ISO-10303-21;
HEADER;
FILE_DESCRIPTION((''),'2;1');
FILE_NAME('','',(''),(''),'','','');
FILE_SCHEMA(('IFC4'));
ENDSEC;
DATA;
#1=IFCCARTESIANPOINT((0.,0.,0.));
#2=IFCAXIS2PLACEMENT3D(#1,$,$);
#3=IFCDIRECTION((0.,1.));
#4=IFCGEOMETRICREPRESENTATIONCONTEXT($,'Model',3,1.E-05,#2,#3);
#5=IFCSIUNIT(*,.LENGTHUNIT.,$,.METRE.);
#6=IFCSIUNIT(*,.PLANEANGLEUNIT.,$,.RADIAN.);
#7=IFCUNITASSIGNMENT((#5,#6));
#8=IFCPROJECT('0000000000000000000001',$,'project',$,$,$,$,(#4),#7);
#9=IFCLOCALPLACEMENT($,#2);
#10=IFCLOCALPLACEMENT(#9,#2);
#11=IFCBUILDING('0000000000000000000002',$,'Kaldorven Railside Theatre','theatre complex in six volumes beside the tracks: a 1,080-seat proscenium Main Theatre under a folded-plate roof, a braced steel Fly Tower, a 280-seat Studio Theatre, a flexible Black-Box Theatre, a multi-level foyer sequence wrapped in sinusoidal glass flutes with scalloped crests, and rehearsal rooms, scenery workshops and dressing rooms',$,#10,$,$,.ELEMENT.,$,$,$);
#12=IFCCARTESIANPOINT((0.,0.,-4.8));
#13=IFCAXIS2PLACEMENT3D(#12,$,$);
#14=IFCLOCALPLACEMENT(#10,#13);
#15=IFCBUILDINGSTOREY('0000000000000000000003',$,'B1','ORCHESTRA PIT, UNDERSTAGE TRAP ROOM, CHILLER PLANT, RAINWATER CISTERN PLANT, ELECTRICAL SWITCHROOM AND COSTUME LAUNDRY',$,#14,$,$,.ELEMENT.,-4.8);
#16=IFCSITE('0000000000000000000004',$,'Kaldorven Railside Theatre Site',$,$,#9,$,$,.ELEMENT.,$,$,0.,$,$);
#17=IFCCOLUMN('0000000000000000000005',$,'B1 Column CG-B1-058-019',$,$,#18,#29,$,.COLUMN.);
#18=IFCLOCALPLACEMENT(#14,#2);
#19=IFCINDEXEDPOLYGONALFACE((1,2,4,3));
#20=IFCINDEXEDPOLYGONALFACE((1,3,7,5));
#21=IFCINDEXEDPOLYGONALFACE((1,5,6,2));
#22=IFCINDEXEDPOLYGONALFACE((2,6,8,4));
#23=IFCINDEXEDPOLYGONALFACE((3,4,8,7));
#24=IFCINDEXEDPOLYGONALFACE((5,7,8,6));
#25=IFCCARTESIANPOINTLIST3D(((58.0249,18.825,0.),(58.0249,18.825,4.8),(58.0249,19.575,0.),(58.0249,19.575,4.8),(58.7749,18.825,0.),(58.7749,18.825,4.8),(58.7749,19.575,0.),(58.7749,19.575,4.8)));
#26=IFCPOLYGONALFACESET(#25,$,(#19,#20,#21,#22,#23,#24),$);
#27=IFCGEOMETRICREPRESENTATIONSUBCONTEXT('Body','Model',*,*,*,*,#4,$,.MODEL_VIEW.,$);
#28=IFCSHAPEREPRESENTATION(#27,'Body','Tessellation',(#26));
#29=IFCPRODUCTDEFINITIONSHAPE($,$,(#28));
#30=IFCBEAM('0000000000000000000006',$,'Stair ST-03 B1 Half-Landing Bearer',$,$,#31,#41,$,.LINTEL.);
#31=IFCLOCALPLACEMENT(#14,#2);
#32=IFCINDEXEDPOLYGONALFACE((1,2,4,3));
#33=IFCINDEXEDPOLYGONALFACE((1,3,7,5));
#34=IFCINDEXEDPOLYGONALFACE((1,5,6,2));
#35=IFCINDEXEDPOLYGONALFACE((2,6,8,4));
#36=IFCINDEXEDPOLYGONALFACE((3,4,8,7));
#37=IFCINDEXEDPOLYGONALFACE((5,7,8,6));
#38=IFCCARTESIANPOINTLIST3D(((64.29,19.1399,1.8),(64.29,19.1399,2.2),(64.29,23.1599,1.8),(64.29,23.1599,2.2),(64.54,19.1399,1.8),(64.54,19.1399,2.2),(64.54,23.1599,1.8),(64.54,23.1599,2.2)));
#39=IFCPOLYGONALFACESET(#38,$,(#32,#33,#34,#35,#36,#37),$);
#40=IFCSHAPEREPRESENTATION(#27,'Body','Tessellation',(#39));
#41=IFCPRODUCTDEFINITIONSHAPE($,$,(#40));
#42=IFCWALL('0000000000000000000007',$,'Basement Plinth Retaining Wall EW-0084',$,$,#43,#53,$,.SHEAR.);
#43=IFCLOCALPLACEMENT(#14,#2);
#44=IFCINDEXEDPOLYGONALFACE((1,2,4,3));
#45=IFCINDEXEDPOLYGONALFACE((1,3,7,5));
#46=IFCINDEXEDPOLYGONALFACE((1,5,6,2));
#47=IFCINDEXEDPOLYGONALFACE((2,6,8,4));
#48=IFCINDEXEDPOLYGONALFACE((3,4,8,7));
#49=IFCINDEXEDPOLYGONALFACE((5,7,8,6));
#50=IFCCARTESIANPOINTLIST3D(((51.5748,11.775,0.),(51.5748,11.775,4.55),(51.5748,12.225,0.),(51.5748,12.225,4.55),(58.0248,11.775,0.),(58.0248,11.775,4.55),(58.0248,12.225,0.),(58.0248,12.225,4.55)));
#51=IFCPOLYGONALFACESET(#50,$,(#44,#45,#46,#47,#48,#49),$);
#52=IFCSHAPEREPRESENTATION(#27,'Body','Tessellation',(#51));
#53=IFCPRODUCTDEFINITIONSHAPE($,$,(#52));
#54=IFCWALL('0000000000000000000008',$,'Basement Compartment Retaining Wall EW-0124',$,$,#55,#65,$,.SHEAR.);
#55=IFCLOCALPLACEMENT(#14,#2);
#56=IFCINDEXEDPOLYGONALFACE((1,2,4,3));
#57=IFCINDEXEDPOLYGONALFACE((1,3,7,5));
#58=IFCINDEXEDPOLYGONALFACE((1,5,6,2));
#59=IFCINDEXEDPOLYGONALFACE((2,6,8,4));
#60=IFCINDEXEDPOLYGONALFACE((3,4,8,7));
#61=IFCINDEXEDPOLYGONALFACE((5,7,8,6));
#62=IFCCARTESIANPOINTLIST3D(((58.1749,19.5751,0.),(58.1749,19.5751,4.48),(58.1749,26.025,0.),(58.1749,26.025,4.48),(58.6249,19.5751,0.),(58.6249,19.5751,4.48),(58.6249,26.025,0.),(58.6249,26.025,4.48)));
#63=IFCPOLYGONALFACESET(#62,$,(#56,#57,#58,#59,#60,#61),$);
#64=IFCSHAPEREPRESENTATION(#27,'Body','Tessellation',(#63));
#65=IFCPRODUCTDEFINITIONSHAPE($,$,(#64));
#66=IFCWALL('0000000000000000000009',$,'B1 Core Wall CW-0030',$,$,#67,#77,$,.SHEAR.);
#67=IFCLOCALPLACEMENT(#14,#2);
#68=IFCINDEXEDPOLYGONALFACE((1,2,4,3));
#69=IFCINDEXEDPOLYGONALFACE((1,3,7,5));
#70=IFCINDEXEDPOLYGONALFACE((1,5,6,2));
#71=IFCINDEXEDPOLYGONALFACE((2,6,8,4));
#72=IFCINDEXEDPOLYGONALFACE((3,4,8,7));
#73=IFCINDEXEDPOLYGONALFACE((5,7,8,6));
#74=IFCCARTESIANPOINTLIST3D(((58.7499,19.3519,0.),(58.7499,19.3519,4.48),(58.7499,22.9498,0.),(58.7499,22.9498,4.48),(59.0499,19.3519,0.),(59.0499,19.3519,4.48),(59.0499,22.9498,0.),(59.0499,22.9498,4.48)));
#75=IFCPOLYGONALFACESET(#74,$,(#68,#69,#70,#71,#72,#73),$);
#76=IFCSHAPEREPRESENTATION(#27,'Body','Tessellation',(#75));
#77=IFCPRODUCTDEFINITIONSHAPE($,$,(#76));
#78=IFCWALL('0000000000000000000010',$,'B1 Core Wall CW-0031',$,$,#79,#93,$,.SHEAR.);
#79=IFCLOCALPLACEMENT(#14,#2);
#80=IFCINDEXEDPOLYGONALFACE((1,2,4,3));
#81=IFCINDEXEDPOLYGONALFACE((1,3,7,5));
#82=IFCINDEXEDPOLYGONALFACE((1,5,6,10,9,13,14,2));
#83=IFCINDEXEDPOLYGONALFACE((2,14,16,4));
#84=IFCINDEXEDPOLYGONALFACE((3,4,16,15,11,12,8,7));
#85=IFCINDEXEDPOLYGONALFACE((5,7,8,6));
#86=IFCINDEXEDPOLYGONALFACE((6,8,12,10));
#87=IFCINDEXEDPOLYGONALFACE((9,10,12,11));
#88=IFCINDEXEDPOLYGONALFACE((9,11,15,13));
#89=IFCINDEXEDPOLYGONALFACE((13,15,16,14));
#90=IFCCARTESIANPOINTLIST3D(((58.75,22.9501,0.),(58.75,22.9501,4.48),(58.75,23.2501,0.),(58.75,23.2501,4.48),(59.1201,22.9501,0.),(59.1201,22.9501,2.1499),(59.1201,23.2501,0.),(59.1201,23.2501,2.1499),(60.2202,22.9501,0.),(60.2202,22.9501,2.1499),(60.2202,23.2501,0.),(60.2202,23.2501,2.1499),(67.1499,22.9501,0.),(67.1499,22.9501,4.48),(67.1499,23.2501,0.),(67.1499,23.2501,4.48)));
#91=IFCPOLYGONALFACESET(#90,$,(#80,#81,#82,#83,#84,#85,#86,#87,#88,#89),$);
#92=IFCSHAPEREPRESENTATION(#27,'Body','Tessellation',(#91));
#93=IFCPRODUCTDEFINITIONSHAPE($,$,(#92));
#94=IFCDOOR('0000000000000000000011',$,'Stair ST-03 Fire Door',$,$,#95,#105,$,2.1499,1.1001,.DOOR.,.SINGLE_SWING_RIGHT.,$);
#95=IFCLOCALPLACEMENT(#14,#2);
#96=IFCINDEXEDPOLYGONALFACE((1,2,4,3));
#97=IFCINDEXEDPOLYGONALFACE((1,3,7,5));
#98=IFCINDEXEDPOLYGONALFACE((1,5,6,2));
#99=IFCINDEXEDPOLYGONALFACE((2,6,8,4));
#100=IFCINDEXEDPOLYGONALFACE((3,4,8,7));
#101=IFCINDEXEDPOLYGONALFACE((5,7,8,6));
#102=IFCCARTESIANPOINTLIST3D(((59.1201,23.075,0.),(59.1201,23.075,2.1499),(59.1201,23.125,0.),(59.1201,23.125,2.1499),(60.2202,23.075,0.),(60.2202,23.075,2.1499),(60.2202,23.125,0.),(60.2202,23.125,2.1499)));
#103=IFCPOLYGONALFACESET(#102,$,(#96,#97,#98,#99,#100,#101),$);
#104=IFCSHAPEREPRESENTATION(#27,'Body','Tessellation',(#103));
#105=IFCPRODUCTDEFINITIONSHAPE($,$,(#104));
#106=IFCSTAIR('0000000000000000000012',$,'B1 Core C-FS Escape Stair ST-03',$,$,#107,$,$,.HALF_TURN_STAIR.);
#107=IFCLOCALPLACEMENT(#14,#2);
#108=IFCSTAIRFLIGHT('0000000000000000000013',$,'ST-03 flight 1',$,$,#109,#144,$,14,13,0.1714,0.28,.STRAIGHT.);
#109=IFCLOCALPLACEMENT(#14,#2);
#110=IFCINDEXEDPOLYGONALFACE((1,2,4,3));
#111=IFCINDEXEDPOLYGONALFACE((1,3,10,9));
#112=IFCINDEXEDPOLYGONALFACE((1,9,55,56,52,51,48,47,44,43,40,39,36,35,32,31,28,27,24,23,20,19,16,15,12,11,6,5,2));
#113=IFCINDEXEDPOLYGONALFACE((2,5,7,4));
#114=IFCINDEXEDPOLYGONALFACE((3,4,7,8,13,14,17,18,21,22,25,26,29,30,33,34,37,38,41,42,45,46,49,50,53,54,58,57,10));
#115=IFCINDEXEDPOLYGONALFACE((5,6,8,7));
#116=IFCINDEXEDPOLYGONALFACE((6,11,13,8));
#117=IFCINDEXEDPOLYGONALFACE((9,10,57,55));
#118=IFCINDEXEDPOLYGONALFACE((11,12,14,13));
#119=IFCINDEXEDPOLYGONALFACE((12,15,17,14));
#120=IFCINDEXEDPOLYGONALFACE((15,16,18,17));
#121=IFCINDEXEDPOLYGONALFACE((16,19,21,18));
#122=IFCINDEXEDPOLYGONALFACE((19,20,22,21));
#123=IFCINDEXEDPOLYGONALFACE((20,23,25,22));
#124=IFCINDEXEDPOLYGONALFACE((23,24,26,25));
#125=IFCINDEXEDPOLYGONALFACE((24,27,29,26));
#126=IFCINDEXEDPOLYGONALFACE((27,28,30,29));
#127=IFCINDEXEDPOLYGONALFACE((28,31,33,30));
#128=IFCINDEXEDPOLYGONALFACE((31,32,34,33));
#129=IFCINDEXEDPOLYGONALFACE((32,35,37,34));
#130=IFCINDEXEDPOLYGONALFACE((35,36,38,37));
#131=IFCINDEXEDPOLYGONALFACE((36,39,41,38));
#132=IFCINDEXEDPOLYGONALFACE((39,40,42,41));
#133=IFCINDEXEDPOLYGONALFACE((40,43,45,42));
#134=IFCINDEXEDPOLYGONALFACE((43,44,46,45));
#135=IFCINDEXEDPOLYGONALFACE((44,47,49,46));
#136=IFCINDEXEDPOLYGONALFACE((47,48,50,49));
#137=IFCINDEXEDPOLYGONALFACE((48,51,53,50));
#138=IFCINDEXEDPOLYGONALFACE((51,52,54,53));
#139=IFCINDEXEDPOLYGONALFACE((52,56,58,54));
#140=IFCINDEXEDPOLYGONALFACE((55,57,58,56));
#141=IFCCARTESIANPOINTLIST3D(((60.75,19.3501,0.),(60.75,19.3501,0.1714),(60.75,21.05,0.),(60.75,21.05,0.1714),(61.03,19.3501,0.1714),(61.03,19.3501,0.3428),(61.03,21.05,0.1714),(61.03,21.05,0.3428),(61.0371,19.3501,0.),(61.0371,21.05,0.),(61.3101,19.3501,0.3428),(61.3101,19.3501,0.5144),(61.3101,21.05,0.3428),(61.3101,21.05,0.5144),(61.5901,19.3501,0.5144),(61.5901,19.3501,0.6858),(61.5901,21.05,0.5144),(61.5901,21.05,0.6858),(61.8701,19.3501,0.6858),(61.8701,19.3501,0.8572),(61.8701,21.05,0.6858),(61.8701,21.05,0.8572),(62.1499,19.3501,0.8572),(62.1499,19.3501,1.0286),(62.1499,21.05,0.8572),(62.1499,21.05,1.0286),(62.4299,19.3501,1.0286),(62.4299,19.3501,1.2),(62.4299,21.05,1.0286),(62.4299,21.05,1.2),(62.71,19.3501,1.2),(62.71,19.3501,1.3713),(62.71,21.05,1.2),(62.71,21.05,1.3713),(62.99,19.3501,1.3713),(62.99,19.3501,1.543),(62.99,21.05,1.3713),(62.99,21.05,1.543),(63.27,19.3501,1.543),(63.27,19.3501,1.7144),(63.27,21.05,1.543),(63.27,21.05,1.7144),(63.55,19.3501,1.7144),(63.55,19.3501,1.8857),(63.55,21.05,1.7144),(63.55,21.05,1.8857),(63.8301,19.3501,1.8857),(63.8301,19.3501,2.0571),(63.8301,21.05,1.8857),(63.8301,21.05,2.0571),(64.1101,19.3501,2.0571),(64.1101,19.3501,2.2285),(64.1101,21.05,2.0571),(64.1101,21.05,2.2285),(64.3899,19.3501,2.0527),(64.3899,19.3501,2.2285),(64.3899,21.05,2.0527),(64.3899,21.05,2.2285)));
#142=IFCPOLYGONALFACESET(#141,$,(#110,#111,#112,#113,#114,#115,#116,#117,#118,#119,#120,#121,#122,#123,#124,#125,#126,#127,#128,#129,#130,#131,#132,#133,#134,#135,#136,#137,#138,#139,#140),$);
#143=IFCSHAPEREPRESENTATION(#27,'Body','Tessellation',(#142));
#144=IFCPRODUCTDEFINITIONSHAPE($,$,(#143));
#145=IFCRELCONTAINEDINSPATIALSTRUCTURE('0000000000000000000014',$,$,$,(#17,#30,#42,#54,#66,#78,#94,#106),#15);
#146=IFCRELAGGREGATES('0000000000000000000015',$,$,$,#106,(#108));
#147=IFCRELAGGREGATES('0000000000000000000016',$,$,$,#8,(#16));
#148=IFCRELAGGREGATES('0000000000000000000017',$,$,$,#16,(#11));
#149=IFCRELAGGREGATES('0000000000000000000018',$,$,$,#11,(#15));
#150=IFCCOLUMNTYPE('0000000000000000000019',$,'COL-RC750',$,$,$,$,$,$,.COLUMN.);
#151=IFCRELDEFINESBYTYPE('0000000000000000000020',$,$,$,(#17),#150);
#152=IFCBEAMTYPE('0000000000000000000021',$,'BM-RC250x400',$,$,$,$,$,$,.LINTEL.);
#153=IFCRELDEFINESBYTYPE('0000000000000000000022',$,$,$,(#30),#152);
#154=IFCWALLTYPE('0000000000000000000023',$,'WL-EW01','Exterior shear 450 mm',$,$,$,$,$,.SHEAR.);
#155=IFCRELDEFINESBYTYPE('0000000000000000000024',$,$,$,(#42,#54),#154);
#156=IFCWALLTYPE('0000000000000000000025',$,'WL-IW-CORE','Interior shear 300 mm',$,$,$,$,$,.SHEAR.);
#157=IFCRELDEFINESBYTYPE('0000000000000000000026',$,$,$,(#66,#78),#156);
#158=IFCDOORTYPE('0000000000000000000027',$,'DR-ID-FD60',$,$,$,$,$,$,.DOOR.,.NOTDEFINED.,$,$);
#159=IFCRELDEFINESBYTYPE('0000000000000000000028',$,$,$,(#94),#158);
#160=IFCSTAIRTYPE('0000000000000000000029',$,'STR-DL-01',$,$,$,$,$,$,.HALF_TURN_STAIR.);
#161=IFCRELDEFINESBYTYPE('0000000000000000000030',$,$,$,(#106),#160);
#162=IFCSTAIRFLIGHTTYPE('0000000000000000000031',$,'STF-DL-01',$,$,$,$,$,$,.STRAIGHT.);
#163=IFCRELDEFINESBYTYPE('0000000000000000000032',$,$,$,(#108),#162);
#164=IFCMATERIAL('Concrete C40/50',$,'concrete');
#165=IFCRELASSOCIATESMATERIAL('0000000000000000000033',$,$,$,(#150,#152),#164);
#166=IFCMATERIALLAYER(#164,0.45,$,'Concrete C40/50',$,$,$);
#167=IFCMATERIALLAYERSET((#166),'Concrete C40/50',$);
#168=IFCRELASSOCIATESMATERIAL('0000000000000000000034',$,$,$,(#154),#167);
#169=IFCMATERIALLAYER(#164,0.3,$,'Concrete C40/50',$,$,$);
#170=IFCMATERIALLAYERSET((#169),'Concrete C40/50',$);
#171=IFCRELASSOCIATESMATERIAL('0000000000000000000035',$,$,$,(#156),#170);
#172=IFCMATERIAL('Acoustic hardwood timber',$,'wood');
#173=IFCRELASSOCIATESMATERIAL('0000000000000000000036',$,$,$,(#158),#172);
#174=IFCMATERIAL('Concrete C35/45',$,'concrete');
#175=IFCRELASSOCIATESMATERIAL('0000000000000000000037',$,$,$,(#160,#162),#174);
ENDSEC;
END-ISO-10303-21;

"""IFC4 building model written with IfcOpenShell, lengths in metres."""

from ifc_helpers import new_model, si_unit, direction, frame, frame_2d, origin, origin_2d, place, context, subcontext, project, spatial, polyline, rectangle, outline, extrude, material, layer, layer_set, material_profile, profile_set, type_object, element, fill, aggregate, save


model = new_model("IFC4")

# Units and contexts
model_context = context("Model", 3, precision=1e-05, world=origin(), true_north=direction((0.0, 1.0)))
body_context = subcontext(model_context, "Body", "Model", "MODEL_VIEW")
ifc_project = project(units=[si_unit("LENGTHUNIT", "METRE"), si_unit("PLANEANGLEUNIT", "RADIAN")], contexts=[model_context])

# Site, building, storey
site_placement = place(None, origin())
site = spatial("IfcSite", under=ifc_project, at=site_placement, Name="Kaldorven Railside Theatre Site", CompositionType="ELEMENT", RefElevation=0.0)
building_placement = place(site_placement, origin())
building = spatial("IfcBuilding", under=site, at=building_placement, Name="Kaldorven Railside Theatre", Description="theatre complex in six volumes beside the tracks: a 1,080-seat proscenium Main Theatre under a folded-plate roof, a braced steel Fly Tower, a 280-seat Studio Theatre, a flexible Black-Box Theatre, a multi-level foyer sequence wrapped in sinusoidal glass flutes with scalloped crests, and rehearsal rooms, scenery workshops and dressing rooms", CompositionType="ELEMENT")
storey_placement = place(building_placement, frame((0.0, 0.0, -4.8)))
storey = spatial("IfcBuildingStorey", under=building, at=storey_placement, Name="B1", Description="ORCHESTRA PIT, UNDERSTAGE TRAP ROOM, CHILLER PLANT, RAINWATER CISTERN PLANT, ELECTRICAL SWITCHROOM AND COSTUME LAUNDRY", CompositionType="ELEMENT", Elevation=-4.8)

# Shared definitions
ifc_material_1 = material(Name="Concrete C40/50", Category="concrete")

# Shared definitions
ifc_material_2 = material(Name="Concrete C35/45", Category="concrete")

# Column
ifc_material_profile_1 = material_profile(ifc_material_1, rectangle(XDim=0.75, YDim=0.75, at=origin_2d()), Name="RC 750x750")
ifc_profile_set_1 = profile_set([ifc_material_profile_1], Name="Concrete C40/50")
column_type_1 = type_object("IfcColumnType", Name="COL-RC750", PredefinedType="COLUMN", material=ifc_profile_set_1)
column_1_placement = place(storey_placement, frame((58.3999, 19.2, 0.0), z_axis=(0.0, 0.0, 1.0), x_axis=(0.0, 1.0, 0.0)))
element("IfcColumn", 1, at=column_1_placement, inside=storey, type_object=column_type_1, Name="B1 Column CG-B1-058-019", PredefinedType="COLUMN", context=body_context, shape_type="SweptSolid", body=[
    extrude(rectangle(XDim=0.75, YDim=0.75, at=origin_2d()), origin(), (0.0, 0.0, 1.0), 4.8),
])

# Beam
ifc_material_profile_2 = material_profile(ifc_material_1, rectangle(XDim=0.25, YDim=0.3999, at=origin_2d()), Name="RC 250x400")
ifc_profile_set_2 = profile_set([ifc_material_profile_2], Name="Concrete C40/50")
beam_type = type_object("IfcBeamType", Name="BM-RC250x400", PredefinedType="LINTEL", material=ifc_profile_set_2)
beam_placement = place(storey_placement, frame((64.415, 19.1399, 2.0), z_axis=(0.0, 1.0, 0.0), x_axis=(-1.0, 0.0, 0.0)))
element("IfcBeam", 2, at=beam_placement, inside=storey, type_object=beam_type, Name="Stair ST-03 B1 Half-Landing Bearer", PredefinedType="LINTEL", context=body_context, shape_type="SweptSolid", body=[
    extrude(rectangle(XDim=0.25, YDim=0.3999, at=origin_2d()), origin(), (0.0, 0.0, 1.0), 4.02),
])

# Walls
ifc_layer_1 = layer(ifc_material_1, 0.45, Name="Concrete C40/50")
ifc_layer_set_1 = layer_set([ifc_layer_1], Name="Concrete C40/50")
wall_type_1 = type_object("IfcWallType", Name="WL-EW01", Description="Exterior shear 450 mm", PredefinedType="SHEAR", material=ifc_layer_set_1)
wall_1_placement = place(storey_placement, frame((58.0249, 12.0, 0.0), z_axis=(0.0, 0.0, 1.0), x_axis=(-1.0, 0.0, 0.0)))
element("IfcWall", 3, at=wall_1_placement, inside=storey, type_object=wall_type_1, Name="Basement Plinth Retaining Wall EW-0084", PredefinedType="SHEAR", context=body_context, shape_type="SweptSolid", body=[
    extrude(rectangle(XDim=6.45, YDim=0.45, at=frame_2d((3.2251, 0.0))), origin(), (0.0, 0.0, 1.0), 4.55),
])
wall_2_placement = place(storey_placement, frame((58.3999, 19.575, 0.0), z_axis=(0.0, 0.0, 1.0), x_axis=(0.0, 1.0, 0.0)))
element("IfcWall", 4, at=wall_2_placement, inside=storey, type_object=wall_type_1, Name="Basement Compartment Retaining Wall EW-0124", PredefinedType="SHEAR", context=body_context, shape_type="SweptSolid", body=[
    extrude(rectangle(XDim=6.45, YDim=0.45, at=frame_2d((3.2251, 0.0))), origin(), (0.0, 0.0, 1.0), 4.48),
])
ifc_layer_2 = layer(ifc_material_1, 0.3, Name="Concrete C40/50")
ifc_layer_set_2 = layer_set([ifc_layer_2], Name="Concrete C40/50")
wall_type_2 = type_object("IfcWallType", Name="WL-IW-CORE", Description="Interior shear 300 mm", PredefinedType="SHEAR", material=ifc_layer_set_2)
wall_3_placement = place(storey_placement, frame((58.8999, 19.3521, 0.0), z_axis=(0.0, 0.0, 1.0), x_axis=(0.0, 1.0, 0.0)))
element("IfcWall", 5, at=wall_3_placement, inside=storey, type_object=wall_type_2, Name="B1 Core Wall CW-0030", PredefinedType="SHEAR", context=body_context, shape_type="SweptSolid", body=[
    extrude(rectangle(XDim=3.5979, YDim=0.3, at=frame_2d((1.7988, 0.0))), origin(), (0.0, 0.0, 1.0), 4.48),
])

# Wall, opening, door
wall_4_placement = place(storey_placement, frame((58.75, 23.1001, 0.0), z_axis=(0.0, 0.0, 1.0), x_axis=(1.0, 0.0, 0.0)))
wall_4 = element("IfcWall", 6, at=wall_4_placement, inside=storey, type_object=wall_type_2, Name="B1 Core Wall CW-0031", PredefinedType="SHEAR", context=body_context, shape_type="SweptSolid", body=[
    extrude(rectangle(XDim=8.3999, YDim=0.3, at=frame_2d((4.2, 0.0))), origin(), (0.0, 0.0, 1.0), 4.48),
])
opening_placement = place(wall_4_placement, frame((0.3701, 0.0, 0.0)))
opening = element("IfcOpeningElement", 7, at=opening_placement, cuts=wall_4, PredefinedType="OPENING", context=body_context, shape_type="SweptSolid", body=[
    extrude(rectangle(XDim=1.1001, YDim=2.1499, at=frame_2d((0.55, 1.075))), frame((0.0, 0.1602, 0.0), z_axis=(0.0, -1.0, 0.0), x_axis=(1.0, 0.0, 0.0)), (0.0, 0.0, 1.0), 0.3201),
])
ifc_material_3 = material(Name="Acoustic hardwood timber", Category="wood")
door_type = type_object("IfcDoorType", Name="DR-ID-FD60", OperationType="NOTDEFINED", PredefinedType="DOOR", material=ifc_material_3)
door_placement = place(opening_placement, origin())
door = element("IfcDoor", 8, at=door_placement, inside=storey, type_object=door_type, Name="Stair ST-03 Fire Door", OperationType="SINGLE_SWING_RIGHT", OverallHeight=2.1499, OverallWidth=1.1001, PredefinedType="DOOR", context=body_context, shape_type="SweptSolid", body=[
    extrude(rectangle(XDim=1.1001, YDim=2.1499, at=frame_2d((0.55, 1.075))), frame((0.0, 0.0249, 0.0), z_axis=(0.0, -1.0, 0.0), x_axis=(1.0, 0.0, 0.0)), (0.0, 0.0, 1.0), 0.05),
])
fill(opening, door)

# Stair, stair flight
stair_type = type_object("IfcStairType", Name="STR-DL-01", PredefinedType="HALF_TURN_STAIR", material=ifc_material_2)
stair_placement = place(storey_placement, origin())
stair = element("IfcStair", 9, at=stair_placement, inside=storey, type_object=stair_type, Name="B1 Core C-FS Escape Stair ST-03", PredefinedType="HALF_TURN_STAIR")
stair_flight_type = type_object("IfcStairFlightType", Name="STF-DL-01", PredefinedType="STRAIGHT", material=ifc_material_2)
stair_flight_1_placement = place(storey_placement, frame((60.75, 20.2, 0.0), z_axis=(0.0, 0.0, 1.0), x_axis=(1.0, 0.0, 0.0)))
stair_flight_1 = element("IfcStairFlight", 10, at=stair_flight_1_placement, type_object=stair_flight_type, Name="ST-03 flight 1", NumberOfRisers=14, NumberOfTreads=13, PredefinedType="STRAIGHT", RiserHeight=0.1714, TreadLength=0.28, context=body_context, shape_type="SweptSolid", body=[
    extrude(outline(polyline([(0.0, 0.0), (0.0, 0.1714), (0.28, 0.1714), (0.28, 0.3428), (0.5601, 0.3428), (0.5601, 0.5144), (0.8401, 0.5144), (0.8401, 0.6858), (1.1201, 0.6858), (1.1201, 0.8572), (1.3999, 0.8572), (1.3999, 1.0286), (1.6799, 1.0286), (1.6799, 1.2), (1.96, 1.2), (1.96, 1.3713), (2.24, 1.3713), (2.24, 1.543), (2.52, 1.543), (2.52, 1.7144), (2.8, 1.7144), (2.8, 1.8857), (3.0801, 1.8857), (3.0801, 2.0571), (3.3601, 2.0571), (3.3601, 2.2285), (3.6399, 2.2285), (3.6399, 2.3999), (3.6399, 2.0527), (0.2871, 0.0), (0.0, 0.0)])), frame((0.0, 0.8501, 0.0), z_axis=(0.0, -1.0, 0.0), x_axis=(1.0, 0.0, 0.0)), (0.0, 0.0, 1.0), 1.7),
])
aggregate(stair, [stair_flight_1])

save(model, "model.ifc")
